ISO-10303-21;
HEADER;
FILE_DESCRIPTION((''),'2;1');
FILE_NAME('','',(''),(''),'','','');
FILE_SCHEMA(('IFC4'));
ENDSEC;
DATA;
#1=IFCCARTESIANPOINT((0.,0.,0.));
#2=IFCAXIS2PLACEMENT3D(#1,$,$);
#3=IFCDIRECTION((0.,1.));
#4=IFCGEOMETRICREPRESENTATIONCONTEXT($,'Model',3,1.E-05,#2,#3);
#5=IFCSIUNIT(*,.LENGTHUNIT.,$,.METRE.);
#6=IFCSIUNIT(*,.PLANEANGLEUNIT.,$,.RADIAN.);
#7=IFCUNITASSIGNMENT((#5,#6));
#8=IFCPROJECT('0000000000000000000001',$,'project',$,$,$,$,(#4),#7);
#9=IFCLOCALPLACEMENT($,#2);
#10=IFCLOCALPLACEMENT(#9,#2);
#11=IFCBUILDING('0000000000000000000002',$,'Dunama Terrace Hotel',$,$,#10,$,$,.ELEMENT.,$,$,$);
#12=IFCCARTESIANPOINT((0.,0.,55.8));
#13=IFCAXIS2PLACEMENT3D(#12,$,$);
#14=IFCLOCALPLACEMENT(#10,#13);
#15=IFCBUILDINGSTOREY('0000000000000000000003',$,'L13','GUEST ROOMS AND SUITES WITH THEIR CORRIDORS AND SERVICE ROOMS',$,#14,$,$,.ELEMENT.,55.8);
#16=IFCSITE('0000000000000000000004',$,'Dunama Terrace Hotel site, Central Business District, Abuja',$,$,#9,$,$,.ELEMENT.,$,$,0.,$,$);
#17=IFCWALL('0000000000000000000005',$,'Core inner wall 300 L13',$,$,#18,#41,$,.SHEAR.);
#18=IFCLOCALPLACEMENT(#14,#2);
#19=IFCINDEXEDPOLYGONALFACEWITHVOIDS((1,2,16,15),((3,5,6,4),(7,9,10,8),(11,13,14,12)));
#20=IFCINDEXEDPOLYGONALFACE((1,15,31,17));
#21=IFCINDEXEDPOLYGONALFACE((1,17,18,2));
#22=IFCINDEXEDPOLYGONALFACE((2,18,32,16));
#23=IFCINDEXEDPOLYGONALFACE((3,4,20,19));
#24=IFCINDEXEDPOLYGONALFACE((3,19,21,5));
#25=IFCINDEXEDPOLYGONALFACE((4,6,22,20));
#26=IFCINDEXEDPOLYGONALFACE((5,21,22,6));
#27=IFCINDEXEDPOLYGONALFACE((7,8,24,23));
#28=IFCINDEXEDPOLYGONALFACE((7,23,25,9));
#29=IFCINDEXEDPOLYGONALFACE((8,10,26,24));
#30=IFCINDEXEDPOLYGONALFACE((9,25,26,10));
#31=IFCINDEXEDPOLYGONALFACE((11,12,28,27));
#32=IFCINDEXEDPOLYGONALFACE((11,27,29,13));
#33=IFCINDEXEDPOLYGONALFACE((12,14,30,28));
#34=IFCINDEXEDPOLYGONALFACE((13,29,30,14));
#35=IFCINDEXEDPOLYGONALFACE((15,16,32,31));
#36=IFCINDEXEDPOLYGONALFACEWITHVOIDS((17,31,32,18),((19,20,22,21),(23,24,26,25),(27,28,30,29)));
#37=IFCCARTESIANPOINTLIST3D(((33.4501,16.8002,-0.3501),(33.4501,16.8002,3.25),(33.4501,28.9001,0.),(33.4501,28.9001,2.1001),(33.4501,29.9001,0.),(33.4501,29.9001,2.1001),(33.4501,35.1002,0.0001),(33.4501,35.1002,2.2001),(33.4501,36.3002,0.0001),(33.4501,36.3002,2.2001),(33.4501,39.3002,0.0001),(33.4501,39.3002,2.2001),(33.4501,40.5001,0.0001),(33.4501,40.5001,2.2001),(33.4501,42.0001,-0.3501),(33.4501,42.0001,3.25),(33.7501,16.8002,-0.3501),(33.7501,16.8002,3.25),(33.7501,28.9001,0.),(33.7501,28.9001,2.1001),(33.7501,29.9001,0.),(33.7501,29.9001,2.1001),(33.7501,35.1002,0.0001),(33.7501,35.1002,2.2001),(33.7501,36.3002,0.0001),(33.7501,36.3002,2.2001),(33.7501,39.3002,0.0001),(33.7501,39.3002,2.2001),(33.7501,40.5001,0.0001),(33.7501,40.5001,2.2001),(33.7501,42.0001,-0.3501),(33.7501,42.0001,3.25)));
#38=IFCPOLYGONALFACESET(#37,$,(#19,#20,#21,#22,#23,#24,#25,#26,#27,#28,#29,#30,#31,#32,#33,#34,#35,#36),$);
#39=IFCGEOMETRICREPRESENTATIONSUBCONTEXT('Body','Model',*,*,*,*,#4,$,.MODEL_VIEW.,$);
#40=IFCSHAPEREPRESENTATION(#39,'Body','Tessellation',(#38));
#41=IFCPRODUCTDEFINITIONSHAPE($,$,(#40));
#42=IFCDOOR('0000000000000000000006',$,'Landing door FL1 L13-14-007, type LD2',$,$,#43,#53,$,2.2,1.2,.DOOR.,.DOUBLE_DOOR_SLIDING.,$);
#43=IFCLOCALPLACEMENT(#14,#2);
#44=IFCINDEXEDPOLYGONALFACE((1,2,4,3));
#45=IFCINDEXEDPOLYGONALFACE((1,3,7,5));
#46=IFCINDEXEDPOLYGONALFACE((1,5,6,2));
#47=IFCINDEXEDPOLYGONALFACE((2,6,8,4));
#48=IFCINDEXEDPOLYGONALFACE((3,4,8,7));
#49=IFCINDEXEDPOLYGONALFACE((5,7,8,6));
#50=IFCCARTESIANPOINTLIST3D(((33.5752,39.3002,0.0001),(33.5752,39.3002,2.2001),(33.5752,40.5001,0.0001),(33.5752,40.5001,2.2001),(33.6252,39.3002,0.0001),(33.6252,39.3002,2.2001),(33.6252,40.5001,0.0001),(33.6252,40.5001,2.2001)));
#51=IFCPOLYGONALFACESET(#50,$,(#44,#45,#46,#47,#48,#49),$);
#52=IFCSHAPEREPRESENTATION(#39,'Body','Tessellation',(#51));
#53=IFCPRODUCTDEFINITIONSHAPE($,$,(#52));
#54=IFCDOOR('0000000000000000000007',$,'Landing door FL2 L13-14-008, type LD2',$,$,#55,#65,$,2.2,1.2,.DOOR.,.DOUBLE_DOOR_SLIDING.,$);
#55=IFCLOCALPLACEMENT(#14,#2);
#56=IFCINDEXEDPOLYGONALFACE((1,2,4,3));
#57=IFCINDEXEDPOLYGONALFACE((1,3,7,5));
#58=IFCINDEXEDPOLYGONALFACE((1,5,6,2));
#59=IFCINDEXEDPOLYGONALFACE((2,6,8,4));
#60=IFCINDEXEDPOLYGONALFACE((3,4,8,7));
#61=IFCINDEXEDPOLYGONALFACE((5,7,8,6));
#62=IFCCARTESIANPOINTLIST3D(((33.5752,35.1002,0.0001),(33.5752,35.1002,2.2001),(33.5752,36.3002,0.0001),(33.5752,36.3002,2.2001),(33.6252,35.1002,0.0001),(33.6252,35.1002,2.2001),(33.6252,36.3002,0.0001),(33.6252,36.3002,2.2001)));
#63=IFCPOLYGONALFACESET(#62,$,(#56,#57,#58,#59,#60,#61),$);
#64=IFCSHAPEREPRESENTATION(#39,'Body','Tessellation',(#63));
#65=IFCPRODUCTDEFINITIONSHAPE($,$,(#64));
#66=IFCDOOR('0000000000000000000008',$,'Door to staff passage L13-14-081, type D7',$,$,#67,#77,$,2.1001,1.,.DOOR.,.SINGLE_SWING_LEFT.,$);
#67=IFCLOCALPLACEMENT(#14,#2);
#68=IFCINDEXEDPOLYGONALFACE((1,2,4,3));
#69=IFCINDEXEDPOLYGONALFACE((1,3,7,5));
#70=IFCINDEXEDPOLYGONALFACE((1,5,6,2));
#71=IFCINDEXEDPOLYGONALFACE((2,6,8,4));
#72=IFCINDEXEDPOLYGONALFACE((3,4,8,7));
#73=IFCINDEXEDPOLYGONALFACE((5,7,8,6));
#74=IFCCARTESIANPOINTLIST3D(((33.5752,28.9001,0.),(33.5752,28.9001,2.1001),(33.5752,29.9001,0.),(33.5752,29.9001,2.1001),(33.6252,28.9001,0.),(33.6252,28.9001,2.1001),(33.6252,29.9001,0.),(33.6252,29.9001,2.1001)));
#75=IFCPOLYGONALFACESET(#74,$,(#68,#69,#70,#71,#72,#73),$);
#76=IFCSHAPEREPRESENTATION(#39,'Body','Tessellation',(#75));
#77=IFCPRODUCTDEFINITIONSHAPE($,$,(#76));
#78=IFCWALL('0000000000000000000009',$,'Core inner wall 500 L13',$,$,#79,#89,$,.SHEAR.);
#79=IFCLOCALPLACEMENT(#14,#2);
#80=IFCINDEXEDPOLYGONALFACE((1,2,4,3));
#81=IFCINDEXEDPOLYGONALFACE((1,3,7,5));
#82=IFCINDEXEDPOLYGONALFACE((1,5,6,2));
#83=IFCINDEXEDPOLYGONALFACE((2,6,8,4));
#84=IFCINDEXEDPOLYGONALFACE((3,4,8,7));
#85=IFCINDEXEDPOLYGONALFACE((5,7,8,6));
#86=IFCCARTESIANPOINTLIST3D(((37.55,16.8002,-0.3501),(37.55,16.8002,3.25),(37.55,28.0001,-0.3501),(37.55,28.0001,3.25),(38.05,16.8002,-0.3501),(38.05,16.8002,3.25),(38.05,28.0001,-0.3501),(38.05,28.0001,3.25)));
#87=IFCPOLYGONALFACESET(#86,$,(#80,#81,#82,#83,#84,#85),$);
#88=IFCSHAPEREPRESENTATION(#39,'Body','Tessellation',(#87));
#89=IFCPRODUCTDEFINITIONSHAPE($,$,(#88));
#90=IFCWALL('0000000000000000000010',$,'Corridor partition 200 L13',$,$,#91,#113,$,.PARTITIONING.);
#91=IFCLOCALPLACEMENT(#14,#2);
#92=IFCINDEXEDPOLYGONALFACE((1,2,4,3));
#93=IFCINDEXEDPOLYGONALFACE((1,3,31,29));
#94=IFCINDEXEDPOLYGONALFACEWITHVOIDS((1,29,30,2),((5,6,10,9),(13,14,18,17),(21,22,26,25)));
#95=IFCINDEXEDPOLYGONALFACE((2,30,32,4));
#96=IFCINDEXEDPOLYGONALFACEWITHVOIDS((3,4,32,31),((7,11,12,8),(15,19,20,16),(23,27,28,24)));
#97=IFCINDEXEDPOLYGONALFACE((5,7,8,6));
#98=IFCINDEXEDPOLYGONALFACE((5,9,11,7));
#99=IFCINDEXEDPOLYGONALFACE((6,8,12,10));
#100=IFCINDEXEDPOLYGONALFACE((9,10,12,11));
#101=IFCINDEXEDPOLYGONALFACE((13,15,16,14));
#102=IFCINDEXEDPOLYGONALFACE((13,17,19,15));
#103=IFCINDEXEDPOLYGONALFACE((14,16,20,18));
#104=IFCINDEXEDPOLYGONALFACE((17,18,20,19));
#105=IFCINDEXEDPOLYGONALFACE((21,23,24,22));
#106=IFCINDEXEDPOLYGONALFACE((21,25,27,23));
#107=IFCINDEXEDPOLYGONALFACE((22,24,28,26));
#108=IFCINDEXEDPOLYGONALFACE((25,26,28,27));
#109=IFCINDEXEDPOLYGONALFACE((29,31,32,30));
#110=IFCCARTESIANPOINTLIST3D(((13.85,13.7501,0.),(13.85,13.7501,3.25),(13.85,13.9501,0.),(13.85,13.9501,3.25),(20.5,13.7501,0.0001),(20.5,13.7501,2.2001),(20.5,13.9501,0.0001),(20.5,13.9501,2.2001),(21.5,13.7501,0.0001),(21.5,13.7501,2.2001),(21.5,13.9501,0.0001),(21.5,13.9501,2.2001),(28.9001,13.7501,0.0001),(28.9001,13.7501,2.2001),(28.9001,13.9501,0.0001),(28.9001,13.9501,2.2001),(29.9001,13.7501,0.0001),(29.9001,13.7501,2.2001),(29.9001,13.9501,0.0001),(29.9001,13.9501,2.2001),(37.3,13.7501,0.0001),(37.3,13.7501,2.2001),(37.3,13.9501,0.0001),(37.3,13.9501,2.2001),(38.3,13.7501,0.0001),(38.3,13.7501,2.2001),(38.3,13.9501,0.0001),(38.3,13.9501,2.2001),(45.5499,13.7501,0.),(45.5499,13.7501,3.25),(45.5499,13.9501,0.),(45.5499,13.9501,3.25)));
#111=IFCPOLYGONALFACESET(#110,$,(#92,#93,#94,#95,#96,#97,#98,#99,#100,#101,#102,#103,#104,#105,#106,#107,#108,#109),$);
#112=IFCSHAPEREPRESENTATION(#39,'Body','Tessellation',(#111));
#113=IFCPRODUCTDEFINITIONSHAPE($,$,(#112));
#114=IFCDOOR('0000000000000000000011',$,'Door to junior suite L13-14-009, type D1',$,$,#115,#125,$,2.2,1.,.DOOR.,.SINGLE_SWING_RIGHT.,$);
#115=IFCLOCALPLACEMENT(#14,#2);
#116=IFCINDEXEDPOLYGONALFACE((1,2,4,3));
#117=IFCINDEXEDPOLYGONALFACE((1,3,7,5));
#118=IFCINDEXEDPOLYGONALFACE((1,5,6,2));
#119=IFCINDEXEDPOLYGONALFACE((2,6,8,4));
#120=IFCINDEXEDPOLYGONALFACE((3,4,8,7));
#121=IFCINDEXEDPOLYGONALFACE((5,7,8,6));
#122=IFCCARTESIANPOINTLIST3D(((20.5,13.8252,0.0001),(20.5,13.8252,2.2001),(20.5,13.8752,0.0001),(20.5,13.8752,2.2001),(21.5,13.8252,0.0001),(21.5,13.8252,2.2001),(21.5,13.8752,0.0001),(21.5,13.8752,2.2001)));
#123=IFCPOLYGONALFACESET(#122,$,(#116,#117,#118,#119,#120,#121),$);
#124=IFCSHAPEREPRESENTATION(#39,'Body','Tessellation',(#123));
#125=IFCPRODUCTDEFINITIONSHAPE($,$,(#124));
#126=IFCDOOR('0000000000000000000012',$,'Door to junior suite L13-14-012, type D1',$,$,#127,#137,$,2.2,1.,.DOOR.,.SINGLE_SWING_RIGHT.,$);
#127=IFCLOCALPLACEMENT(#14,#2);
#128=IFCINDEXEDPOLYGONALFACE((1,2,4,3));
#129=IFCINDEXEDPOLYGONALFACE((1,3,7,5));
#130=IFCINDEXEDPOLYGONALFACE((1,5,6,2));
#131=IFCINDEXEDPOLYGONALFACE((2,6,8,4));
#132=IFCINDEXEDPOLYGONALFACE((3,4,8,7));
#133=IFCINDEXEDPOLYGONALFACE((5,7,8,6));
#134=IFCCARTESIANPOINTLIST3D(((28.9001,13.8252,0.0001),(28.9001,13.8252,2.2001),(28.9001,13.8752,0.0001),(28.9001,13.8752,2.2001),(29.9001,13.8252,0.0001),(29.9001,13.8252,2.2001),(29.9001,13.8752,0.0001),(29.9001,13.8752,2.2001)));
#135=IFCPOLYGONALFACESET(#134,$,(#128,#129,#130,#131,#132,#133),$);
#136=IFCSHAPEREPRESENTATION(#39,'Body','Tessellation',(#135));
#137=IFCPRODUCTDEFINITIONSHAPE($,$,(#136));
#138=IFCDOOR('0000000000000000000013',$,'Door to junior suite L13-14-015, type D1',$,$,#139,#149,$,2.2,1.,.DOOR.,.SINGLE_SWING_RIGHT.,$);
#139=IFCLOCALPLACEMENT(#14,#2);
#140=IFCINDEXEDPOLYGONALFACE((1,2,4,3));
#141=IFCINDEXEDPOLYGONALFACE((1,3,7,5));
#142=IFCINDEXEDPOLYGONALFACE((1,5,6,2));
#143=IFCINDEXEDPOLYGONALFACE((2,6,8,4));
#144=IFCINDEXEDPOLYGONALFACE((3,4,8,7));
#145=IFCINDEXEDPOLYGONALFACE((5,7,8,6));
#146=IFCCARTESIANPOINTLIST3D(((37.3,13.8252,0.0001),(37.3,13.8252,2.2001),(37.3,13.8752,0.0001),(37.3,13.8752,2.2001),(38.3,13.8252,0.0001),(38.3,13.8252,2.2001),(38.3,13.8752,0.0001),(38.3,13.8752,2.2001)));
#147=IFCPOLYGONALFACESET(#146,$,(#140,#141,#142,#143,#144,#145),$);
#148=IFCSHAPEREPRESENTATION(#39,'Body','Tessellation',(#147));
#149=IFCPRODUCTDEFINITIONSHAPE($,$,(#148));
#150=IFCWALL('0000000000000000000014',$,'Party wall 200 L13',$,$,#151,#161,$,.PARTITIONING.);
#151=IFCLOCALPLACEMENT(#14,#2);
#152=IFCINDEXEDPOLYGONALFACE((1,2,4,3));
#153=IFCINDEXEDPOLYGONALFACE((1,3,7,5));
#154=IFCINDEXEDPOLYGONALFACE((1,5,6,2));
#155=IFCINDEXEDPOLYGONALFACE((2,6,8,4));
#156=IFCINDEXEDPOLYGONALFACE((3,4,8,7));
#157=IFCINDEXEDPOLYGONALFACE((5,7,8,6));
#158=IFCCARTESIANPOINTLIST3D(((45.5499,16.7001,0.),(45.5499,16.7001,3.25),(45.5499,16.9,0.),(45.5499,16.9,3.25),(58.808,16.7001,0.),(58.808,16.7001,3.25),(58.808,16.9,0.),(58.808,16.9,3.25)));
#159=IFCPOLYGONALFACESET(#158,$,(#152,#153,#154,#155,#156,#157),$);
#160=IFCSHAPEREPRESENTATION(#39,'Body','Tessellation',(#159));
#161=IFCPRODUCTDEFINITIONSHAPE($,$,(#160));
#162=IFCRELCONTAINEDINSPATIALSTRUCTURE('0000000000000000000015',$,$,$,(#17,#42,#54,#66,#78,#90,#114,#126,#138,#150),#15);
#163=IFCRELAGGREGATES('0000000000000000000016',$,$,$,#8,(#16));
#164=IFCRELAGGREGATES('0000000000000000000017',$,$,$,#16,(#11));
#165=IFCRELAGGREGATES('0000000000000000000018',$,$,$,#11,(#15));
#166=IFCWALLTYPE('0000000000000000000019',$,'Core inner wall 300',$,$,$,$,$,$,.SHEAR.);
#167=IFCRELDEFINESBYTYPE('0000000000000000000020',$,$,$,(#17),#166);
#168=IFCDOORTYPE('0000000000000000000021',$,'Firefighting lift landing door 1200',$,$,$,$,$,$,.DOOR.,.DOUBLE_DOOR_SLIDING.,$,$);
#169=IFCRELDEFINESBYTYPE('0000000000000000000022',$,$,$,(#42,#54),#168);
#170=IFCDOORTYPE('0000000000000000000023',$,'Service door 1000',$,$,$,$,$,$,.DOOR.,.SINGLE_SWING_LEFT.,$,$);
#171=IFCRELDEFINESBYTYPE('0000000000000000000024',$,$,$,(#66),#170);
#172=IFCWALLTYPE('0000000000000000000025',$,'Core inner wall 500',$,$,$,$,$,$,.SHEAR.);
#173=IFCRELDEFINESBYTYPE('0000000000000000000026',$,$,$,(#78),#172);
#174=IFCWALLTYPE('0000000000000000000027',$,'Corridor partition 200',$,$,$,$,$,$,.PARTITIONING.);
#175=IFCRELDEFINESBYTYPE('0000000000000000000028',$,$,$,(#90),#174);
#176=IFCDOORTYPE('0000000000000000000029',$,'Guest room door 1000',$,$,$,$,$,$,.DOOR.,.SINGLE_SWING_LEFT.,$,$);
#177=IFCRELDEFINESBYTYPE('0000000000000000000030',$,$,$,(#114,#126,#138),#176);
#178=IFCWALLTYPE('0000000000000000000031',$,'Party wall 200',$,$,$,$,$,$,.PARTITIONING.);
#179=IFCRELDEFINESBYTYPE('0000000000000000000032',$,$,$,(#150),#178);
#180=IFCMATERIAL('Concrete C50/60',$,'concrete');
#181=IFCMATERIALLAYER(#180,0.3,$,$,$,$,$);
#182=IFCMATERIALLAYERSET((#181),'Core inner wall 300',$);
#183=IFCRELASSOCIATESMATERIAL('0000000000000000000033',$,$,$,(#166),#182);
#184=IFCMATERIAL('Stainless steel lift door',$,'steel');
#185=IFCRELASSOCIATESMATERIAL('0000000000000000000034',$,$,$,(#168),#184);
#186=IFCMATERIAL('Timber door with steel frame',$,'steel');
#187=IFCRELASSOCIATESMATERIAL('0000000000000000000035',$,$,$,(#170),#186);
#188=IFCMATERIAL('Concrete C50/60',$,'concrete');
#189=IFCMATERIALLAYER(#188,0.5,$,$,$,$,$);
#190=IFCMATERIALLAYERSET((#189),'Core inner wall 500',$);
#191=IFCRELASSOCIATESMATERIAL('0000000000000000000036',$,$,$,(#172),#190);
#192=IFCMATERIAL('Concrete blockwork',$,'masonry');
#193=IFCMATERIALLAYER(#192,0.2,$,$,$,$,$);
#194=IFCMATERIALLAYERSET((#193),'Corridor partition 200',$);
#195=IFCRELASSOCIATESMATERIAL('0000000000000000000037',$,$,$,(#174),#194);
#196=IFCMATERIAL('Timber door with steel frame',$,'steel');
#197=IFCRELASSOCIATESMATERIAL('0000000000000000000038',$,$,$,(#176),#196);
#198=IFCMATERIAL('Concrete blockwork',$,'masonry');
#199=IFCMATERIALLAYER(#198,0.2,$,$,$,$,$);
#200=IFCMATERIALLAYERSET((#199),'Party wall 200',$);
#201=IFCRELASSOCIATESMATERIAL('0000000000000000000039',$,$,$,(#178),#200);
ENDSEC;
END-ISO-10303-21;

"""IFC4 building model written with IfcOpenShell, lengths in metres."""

from ifc_helpers import new_model, si_unit, direction, frame, frame_2d, origin, place, context, subcontext, project, spatial, rectangle, extrude, material, layer, layer_set, type_object, element, fill, save


model = new_model("IFC4")

# Units and contexts
model_context = context("Model", 3, precision=1e-05, world=origin(), true_north=direction((0.0, 1.0)))
body_context = subcontext(model_context, "Body", "Model", "MODEL_VIEW")
ifc_project = project(units=[si_unit("LENGTHUNIT", "METRE"), si_unit("PLANEANGLEUNIT", "RADIAN")], contexts=[model_context])

# Site, building, storey
site_placement = place(None, origin())
site = spatial("IfcSite", under=ifc_project, at=site_placement, Name="Dunama Terrace Hotel site, Central Business District, Abuja", CompositionType="ELEMENT", RefElevation=0.0)
building_placement = place(site_placement, origin())
building = spatial("IfcBuilding", under=site, at=building_placement, Name="Dunama Terrace Hotel", CompositionType="ELEMENT")
storey_placement = place(building_placement, frame((0.0, 0.0, 55.8)))
storey = spatial("IfcBuildingStorey", under=building, at=storey_placement, Name="L13", Description="GUEST ROOMS AND SUITES WITH THEIR CORRIDORS AND SERVICE ROOMS", CompositionType="ELEMENT", Elevation=55.8)

# Wall, openings, doors
ifc_material_1 = material(Name="Concrete C50/60", Category="concrete")
ifc_layer_1 = layer(ifc_material_1, 0.3)
ifc_layer_set_1 = layer_set([ifc_layer_1], Name="Core inner wall 300")
wall_type_1 = type_object("IfcWallType", Name="Core inner wall 300", PredefinedType="SHEAR", material=ifc_layer_set_1)
wall_1_placement = place(storey_placement, frame((33.6001, 16.8, -0.3501), z_axis=(0.0, 0.0, 1.0), x_axis=(0.0, 1.0, 0.0)))
wall_1 = element("IfcWall", 1, at=wall_1_placement, inside=storey, type_object=wall_type_1, Name="Core inner wall 300 L13", PredefinedType="SHEAR", context=body_context, shape_type="SweptSolid", body=[
    extrude(rectangle(XDim=25.2, YDim=0.3, at=frame_2d((12.6001, 0.0))), origin(), (0.0, 0.0, 1.0), 3.6001),
])
opening_1_placement = place(wall_1_placement, frame((22.5, 0.0, 0.3501)))
opening_1 = element("IfcOpeningElement", 2, at=opening_1_placement, cuts=wall_1, PredefinedType="OPENING", context=body_context, shape_type="SweptSolid", body=[
    extrude(rectangle(XDim=1.2, YDim=2.2, at=frame_2d((0.6001, 1.1001))), frame((0.0, 0.1599, 0.0), z_axis=(0.0, -1.0, 0.0), x_axis=(1.0, 0.0, 0.0)), (0.0, 0.0, 1.0), 0.3201),
])
opening_2_placement = place(wall_1_placement, frame((18.3, 0.0, 0.3501)))
opening_2 = element("IfcOpeningElement", 3, at=opening_2_placement, cuts=wall_1, PredefinedType="OPENING", context=body_context, shape_type="SweptSolid", body=[
    extrude(rectangle(XDim=1.2, YDim=2.2, at=frame_2d((0.6001, 1.1001))), frame((0.0, 0.1599, 0.0), z_axis=(0.0, -1.0, 0.0), x_axis=(1.0, 0.0, 0.0)), (0.0, 0.0, 1.0), 0.3201),
])
opening_3_placement = place(wall_1_placement, frame((12.1001, 0.0, 0.3501)))
opening_3 = element("IfcOpeningElement", 4, at=opening_3_placement, cuts=wall_1, PredefinedType="OPENING", context=body_context, shape_type="SweptSolid", body=[
    extrude(rectangle(XDim=1.0, YDim=2.1001, at=frame_2d((0.5, 1.05))), frame((0.0, 0.1599, 0.0), z_axis=(0.0, -1.0, 0.0), x_axis=(1.0, 0.0, 0.0)), (0.0, 0.0, 1.0), 0.3201),
])
ifc_material_2 = material(Name="Stainless steel lift door", Category="steel")
door_type_1 = type_object("IfcDoorType", Name="Firefighting lift landing door 1200", OperationType="DOUBLE_DOOR_SLIDING", PredefinedType="DOOR", material=ifc_material_2)
door_1_placement = place(opening_1_placement, origin())
door_1 = element("IfcDoor", 5, at=door_1_placement, inside=storey, type_object=door_type_1, Name="Landing door FL1 L13-14-007, type LD2", OperationType="DOUBLE_DOOR_SLIDING", OverallHeight=2.2, OverallWidth=1.2, PredefinedType="DOOR", context=body_context, shape_type="SweptSolid", body=[
    extrude(rectangle(XDim=1.2, YDim=2.2, at=frame_2d((0.6001, 1.1001))), frame((0.0, 0.0249, 0.0), z_axis=(0.0, -1.0, 0.0), x_axis=(1.0, 0.0, 0.0)), (0.0, 0.0, 1.0), 0.05),
])
fill(opening_1, door_1)
door_2_placement = place(opening_2_placement, origin())
door_2 = element("IfcDoor", 6, at=door_2_placement, inside=storey, type_object=door_type_1, Name="Landing door FL2 L13-14-008, type LD2", OperationType="DOUBLE_DOOR_SLIDING", OverallHeight=2.2, OverallWidth=1.2, PredefinedType="DOOR", context=body_context, shape_type="SweptSolid", body=[
    extrude(rectangle(XDim=1.2, YDim=2.2, at=frame_2d((0.6001, 1.1001))), frame((0.0, 0.0249, 0.0), z_axis=(0.0, -1.0, 0.0), x_axis=(1.0, 0.0, 0.0)), (0.0, 0.0, 1.0), 0.05),
])
fill(opening_2, door_2)
ifc_material_3 = material(Name="Timber door with steel frame", Category="steel")
door_type_2 = type_object("IfcDoorType", Name="Service door 1000", OperationType="SINGLE_SWING_LEFT", PredefinedType="DOOR", material=ifc_material_3)
door_3_placement = place(opening_3_placement, origin())
door_3 = element("IfcDoor", 7, at=door_3_placement, inside=storey, type_object=door_type_2, Name="Door to staff passage L13-14-081, type D7", OperationType="SINGLE_SWING_LEFT", OverallHeight=2.1001, OverallWidth=1.0, PredefinedType="DOOR", context=body_context, shape_type="SweptSolid", body=[
    extrude(rectangle(XDim=1.0, YDim=2.1001, at=frame_2d((0.5, 1.05))), frame((0.0, 0.0249, 0.0), z_axis=(0.0, -1.0, 0.0), x_axis=(1.0, 0.0, 0.0)), (0.0, 0.0, 1.0), 0.05),
])
fill(opening_3, door_3)

# Wall
ifc_material_4 = material(Name="Concrete C50/60", Category="concrete")
ifc_layer_2 = layer(ifc_material_4, 0.5)
ifc_layer_set_2 = layer_set([ifc_layer_2], Name="Core inner wall 500")
wall_type_2 = type_object("IfcWallType", Name="Core inner wall 500", PredefinedType="SHEAR", material=ifc_layer_set_2)
wall_2_placement = place(storey_placement, frame((37.8, 16.8, -0.3501), z_axis=(0.0, 0.0, 1.0), x_axis=(0.0, 1.0, 0.0)))
element("IfcWall", 8, at=wall_2_placement, inside=storey, type_object=wall_type_2, Name="Core inner wall 500 L13", PredefinedType="SHEAR", context=body_context, shape_type="SweptSolid", body=[
    extrude(rectangle(XDim=11.2, YDim=0.5, at=frame_2d((5.6001, 0.0))), origin(), (0.0, 0.0, 1.0), 3.6001),
])

# Wall, openings, doors
ifc_material_5 = material(Name="Concrete blockwork", Category="masonry")
ifc_layer_3 = layer(ifc_material_5, 0.2)
ifc_layer_set_3 = layer_set([ifc_layer_3], Name="Corridor partition 200")
wall_type_3 = type_object("IfcWallType", Name="Corridor partition 200", PredefinedType="PARTITIONING", material=ifc_layer_set_3)
wall_3_placement = place(storey_placement, frame((45.55, 13.8501, 0.0), z_axis=(0.0, 0.0, 1.0), x_axis=(-1.0, 0.0, 0.0)))
wall_3 = element("IfcWall", 9, at=wall_3_placement, inside=storey, type_object=wall_type_3, Name="Corridor partition 200 L13", PredefinedType="PARTITIONING", context=body_context, shape_type="SweptSolid", body=[
    extrude(rectangle(XDim=31.7, YDim=0.2, at=frame_2d((15.8501, 0.0))), origin(), (0.0, 0.0, 1.0), 3.25),
])
opening_4_placement = place(wall_3_placement, frame((24.05, 0.0, 0.0)))
opening_4 = element("IfcOpeningElement", 10, at=opening_4_placement, cuts=wall_3, PredefinedType="OPENING", context=body_context, shape_type="SweptSolid", body=[
    extrude(rectangle(XDim=1.0, YDim=2.2, at=frame_2d((0.5, 1.1001))), frame((0.0, 0.1099, 0.0), z_axis=(0.0, -1.0, 0.0), x_axis=(1.0, 0.0, 0.0)), (0.0, 0.0, 1.0), 0.22),
])
opening_5_placement = place(wall_3_placement, frame((15.6499, 0.0, 0.0)))
opening_5 = element("IfcOpeningElement", 11, at=opening_5_placement, cuts=wall_3, PredefinedType="OPENING", context=body_context, shape_type="SweptSolid", body=[
    extrude(rectangle(XDim=1.0, YDim=2.2, at=frame_2d((0.5, 1.1001))), frame((0.0, 0.1099, 0.0), z_axis=(0.0, -1.0, 0.0), x_axis=(1.0, 0.0, 0.0)), (0.0, 0.0, 1.0), 0.22),
])
opening_6_placement = place(wall_3_placement, frame((7.25, 0.0, 0.0)))
opening_6 = element("IfcOpeningElement", 12, at=opening_6_placement, cuts=wall_3, PredefinedType="OPENING", context=body_context, shape_type="SweptSolid", body=[
    extrude(rectangle(XDim=1.0, YDim=2.2, at=frame_2d((0.5, 1.1001))), frame((0.0, 0.1099, 0.0), z_axis=(0.0, -1.0, 0.0), x_axis=(1.0, 0.0, 0.0)), (0.0, 0.0, 1.0), 0.22),
])
ifc_material_6 = material(Name="Timber door with steel frame", Category="steel")
door_type_3 = type_object("IfcDoorType", Name="Guest room door 1000", OperationType="SINGLE_SWING_LEFT", PredefinedType="DOOR", material=ifc_material_6)
door_4_placement = place(opening_4_placement, origin())
door_4 = element("IfcDoor", 13, at=door_4_placement, inside=storey, type_object=door_type_3, Name="Door to junior suite L13-14-009, type D1", OperationType="SINGLE_SWING_RIGHT", OverallHeight=2.2, OverallWidth=1.0, PredefinedType="DOOR", context=body_context, shape_type="SweptSolid", body=[
    extrude(rectangle(XDim=1.0, YDim=2.2, at=frame_2d((0.5, 1.1001))), frame((0.0, 0.0249, 0.0), z_axis=(0.0, -1.0, 0.0), x_axis=(1.0, 0.0, 0.0)), (0.0, 0.0, 1.0), 0.05),
])
fill(opening_4, door_4)
door_5_placement = place(opening_5_placement, origin())
door_5 = element("IfcDoor", 14, at=door_5_placement, inside=storey, type_object=door_type_3, Name="Door to junior suite L13-14-012, type D1", OperationType="SINGLE_SWING_RIGHT", OverallHeight=2.2, OverallWidth=1.0, PredefinedType="DOOR", context=body_context, shape_type="SweptSolid", body=[
    extrude(rectangle(XDim=1.0, YDim=2.2, at=frame_2d((0.5, 1.1001))), frame((0.0, 0.0249, 0.0), z_axis=(0.0, -1.0, 0.0), x_axis=(1.0, 0.0, 0.0)), (0.0, 0.0, 1.0), 0.05),
])
fill(opening_5, door_5)
door_6_placement = place(opening_6_placement, origin())
door_6 = element("IfcDoor", 15, at=door_6_placement, inside=storey, type_object=door_type_3, Name="Door to junior suite L13-14-015, type D1", OperationType="SINGLE_SWING_RIGHT", OverallHeight=2.2, OverallWidth=1.0, PredefinedType="DOOR", context=body_context, shape_type="SweptSolid", body=[
    extrude(rectangle(XDim=1.0, YDim=2.2, at=frame_2d((0.5, 1.1001))), frame((0.0, 0.0249, 0.0), z_axis=(0.0, -1.0, 0.0), x_axis=(1.0, 0.0, 0.0)), (0.0, 0.0, 1.0), 0.05),
])
fill(opening_6, door_6)

# Wall
ifc_material_7 = material(Name="Concrete blockwork", Category="masonry")
ifc_layer_4 = layer(ifc_material_7, 0.2)
ifc_layer_set_4 = layer_set([ifc_layer_4], Name="Party wall 200")
wall_type_4 = type_object("IfcWallType", Name="Party wall 200", PredefinedType="PARTITIONING", material=ifc_layer_set_4)
wall_4_placement = place(storey_placement, frame((45.55, 16.8, 0.0), z_axis=(0.0, 0.0, 1.0), x_axis=(1.0, 0.0, 0.0)))
element("IfcWall", 16, at=wall_4_placement, inside=storey, type_object=wall_type_4, Name="Party wall 200 L13", PredefinedType="PARTITIONING", context=body_context, shape_type="SweptSolid", body=[
    extrude(rectangle(XDim=13.2581, YDim=0.2, at=frame_2d((6.6289, 0.0))), origin(), (0.0, 0.0, 1.0), 3.25),
])

save(model, "model.ifc")
